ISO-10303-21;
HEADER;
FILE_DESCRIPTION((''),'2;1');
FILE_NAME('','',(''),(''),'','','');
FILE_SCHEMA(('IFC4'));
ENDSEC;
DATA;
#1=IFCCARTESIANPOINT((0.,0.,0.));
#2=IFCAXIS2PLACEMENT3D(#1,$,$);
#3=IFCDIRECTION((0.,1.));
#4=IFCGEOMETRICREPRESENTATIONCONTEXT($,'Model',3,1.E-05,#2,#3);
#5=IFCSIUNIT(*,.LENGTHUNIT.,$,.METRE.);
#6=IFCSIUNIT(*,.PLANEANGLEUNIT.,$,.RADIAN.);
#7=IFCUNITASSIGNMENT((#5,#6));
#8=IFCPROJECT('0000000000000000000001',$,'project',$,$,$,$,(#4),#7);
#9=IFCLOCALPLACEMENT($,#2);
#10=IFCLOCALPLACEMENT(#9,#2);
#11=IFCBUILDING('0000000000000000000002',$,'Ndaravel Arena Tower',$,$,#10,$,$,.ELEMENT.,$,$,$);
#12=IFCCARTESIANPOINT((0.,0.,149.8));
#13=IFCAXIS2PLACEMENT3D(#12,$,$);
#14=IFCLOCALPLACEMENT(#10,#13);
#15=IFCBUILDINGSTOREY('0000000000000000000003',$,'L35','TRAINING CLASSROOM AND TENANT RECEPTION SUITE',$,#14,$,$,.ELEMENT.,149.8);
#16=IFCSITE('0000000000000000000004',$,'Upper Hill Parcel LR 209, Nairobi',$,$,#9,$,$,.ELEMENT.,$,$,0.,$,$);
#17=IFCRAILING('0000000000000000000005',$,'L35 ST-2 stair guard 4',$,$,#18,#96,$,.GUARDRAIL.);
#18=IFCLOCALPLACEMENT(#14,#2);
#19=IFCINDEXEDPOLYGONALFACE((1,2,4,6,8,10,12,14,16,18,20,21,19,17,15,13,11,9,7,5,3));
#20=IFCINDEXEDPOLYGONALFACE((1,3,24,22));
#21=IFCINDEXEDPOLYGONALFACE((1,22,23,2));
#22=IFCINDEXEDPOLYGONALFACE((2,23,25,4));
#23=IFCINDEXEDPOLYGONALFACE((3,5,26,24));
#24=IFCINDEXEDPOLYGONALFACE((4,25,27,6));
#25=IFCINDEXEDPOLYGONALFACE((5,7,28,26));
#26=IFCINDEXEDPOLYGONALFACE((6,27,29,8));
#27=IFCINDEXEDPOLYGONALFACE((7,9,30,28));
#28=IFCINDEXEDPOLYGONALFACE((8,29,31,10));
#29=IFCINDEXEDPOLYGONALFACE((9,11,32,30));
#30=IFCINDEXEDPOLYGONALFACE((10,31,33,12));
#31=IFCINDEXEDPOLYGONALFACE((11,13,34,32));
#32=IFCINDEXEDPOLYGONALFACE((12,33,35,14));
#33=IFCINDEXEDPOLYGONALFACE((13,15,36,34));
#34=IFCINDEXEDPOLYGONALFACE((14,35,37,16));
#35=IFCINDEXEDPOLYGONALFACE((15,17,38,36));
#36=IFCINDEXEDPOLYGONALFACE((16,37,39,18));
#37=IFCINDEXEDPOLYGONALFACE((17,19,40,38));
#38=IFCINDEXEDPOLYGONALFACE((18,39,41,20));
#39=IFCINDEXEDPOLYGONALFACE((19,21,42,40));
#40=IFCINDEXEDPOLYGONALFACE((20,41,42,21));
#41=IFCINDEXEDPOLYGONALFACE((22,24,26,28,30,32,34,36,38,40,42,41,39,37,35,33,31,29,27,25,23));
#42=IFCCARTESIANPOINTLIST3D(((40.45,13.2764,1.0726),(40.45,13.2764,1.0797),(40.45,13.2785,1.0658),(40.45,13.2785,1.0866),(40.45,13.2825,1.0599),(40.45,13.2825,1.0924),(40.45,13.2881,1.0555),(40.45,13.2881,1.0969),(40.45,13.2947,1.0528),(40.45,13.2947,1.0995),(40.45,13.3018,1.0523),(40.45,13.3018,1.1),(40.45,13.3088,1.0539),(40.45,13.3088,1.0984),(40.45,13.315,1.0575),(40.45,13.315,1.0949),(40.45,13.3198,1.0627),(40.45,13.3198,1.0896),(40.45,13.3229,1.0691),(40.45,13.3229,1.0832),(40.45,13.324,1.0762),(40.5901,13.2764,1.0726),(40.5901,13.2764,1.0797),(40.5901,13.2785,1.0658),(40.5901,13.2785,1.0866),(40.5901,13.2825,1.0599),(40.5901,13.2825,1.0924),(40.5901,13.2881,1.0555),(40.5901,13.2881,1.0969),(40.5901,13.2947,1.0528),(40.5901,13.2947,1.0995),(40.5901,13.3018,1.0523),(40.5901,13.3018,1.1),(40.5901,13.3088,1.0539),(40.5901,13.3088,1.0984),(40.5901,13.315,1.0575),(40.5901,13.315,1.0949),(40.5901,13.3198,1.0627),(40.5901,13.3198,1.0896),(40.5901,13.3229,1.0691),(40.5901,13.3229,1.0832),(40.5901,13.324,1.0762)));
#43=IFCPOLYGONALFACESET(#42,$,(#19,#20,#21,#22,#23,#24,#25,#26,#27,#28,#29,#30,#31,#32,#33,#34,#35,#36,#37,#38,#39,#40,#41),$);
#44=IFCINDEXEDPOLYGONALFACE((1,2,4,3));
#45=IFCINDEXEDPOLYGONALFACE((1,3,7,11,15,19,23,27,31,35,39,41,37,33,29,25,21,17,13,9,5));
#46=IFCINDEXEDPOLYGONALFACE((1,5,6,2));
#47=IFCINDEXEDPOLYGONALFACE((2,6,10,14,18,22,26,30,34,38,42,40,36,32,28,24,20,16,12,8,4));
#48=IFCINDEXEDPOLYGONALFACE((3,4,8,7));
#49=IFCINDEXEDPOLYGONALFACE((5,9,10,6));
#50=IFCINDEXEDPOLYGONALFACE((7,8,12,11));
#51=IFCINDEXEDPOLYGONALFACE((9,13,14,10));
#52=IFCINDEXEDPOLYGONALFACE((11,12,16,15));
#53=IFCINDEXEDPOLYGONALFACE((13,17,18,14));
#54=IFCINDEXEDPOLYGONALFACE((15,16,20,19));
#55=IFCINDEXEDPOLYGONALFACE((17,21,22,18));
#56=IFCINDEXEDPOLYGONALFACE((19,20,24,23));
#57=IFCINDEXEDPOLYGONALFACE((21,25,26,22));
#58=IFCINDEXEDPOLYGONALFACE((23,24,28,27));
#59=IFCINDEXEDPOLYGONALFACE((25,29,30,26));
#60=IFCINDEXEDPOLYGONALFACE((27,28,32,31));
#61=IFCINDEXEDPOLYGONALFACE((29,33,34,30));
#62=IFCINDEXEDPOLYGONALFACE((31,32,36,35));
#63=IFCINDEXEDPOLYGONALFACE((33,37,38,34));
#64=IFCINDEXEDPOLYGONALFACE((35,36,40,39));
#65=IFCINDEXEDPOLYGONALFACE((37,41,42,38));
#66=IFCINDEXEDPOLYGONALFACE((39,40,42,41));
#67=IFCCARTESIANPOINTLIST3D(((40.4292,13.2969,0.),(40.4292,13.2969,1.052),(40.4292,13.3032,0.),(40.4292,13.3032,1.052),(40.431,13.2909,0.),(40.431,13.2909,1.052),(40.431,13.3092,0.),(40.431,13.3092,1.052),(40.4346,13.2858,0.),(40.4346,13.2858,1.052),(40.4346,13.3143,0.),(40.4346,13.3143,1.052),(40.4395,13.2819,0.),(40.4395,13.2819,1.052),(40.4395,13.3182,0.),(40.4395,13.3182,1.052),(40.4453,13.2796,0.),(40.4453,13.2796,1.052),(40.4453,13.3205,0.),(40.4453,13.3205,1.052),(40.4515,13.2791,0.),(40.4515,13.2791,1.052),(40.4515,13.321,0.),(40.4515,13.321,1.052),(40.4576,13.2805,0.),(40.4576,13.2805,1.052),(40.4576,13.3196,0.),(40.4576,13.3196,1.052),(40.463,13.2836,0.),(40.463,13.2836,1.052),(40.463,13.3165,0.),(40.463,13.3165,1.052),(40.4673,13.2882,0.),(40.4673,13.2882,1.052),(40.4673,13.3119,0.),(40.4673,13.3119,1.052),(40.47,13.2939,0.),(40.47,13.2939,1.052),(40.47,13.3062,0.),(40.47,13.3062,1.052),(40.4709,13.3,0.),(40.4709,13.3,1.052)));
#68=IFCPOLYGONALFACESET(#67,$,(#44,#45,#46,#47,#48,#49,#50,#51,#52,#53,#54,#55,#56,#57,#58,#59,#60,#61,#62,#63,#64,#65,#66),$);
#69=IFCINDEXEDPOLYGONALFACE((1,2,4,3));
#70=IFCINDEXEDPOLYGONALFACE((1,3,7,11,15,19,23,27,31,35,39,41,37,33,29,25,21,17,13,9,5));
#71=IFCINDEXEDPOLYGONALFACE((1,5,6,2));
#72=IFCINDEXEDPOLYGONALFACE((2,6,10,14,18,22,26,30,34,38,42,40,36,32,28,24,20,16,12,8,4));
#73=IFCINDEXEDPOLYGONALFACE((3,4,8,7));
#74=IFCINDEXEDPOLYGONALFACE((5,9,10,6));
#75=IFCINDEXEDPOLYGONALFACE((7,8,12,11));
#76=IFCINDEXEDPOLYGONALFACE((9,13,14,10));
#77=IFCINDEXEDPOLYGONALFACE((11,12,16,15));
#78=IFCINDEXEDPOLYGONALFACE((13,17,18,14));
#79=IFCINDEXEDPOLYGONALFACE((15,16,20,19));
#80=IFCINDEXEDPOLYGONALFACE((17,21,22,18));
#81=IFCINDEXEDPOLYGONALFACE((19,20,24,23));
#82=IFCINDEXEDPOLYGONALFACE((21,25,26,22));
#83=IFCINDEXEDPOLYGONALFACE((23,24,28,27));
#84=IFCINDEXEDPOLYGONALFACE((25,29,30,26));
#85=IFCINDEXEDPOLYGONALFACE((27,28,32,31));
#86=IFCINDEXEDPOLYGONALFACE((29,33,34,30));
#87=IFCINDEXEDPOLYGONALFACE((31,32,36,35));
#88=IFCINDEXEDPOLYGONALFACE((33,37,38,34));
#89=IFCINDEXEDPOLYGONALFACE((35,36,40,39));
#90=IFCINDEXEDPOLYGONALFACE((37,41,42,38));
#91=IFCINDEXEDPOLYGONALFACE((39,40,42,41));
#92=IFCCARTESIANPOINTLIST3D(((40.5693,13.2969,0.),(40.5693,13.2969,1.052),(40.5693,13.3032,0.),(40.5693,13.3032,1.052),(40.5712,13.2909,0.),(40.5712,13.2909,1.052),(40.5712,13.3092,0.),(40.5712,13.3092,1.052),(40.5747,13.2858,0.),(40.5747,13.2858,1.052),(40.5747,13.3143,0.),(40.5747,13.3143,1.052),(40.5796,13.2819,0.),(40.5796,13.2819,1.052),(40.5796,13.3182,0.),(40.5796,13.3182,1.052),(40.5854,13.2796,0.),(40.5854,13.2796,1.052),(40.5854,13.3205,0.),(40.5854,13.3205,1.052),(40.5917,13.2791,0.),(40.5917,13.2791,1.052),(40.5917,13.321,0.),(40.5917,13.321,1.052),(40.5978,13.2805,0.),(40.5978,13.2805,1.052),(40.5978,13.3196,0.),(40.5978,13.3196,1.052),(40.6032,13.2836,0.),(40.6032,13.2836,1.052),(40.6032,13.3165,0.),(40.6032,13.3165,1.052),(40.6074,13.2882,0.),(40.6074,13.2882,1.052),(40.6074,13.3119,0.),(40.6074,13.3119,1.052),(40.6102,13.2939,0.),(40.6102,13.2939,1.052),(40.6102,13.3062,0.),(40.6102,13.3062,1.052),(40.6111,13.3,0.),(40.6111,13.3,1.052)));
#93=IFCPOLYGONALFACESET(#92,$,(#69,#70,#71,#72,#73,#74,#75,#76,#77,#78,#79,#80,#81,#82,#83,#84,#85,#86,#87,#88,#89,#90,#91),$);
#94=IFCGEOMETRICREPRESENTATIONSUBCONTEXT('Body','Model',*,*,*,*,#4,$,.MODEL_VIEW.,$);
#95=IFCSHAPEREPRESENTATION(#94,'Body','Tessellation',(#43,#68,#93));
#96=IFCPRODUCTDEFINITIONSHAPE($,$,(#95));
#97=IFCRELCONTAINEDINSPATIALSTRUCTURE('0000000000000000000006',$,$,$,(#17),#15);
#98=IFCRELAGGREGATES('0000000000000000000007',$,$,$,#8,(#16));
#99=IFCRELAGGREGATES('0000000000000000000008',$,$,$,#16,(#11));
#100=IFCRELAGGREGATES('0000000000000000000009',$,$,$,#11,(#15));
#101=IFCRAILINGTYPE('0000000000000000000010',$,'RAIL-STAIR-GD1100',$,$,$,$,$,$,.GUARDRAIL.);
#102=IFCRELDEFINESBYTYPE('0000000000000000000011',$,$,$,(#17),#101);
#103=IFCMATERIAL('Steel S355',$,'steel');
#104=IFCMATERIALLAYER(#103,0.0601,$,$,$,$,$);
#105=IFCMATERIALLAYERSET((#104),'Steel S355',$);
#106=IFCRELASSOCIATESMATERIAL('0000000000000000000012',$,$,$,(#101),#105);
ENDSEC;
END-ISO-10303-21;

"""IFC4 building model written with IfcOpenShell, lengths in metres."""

from ifc_helpers import new_model, si_unit, direction, frame, origin, origin_2d, place, context, subcontext, project, spatial, circle, extrude, material, layer, layer_set, type_object, element, save


model = new_model("IFC4")

# Units and contexts
model_context = context("Model", 3, precision=1e-05, world=origin(), true_north=direction((0.0, 1.0)))
body_context = subcontext(model_context, "Body", "Model", "MODEL_VIEW")
ifc_project = project(units=[si_unit("LENGTHUNIT", "METRE"), si_unit("PLANEANGLEUNIT", "RADIAN")], contexts=[model_context])

# Site, building, storey
site_placement = place(None, origin())
site = spatial("IfcSite", under=ifc_project, at=site_placement, Name="Upper Hill Parcel LR 209, Nairobi", CompositionType="ELEMENT", RefElevation=0.0)
building_placement = place(site_placement, origin())
building = spatial("IfcBuilding", under=site, at=building_placement, Name="Ndaravel Arena Tower", CompositionType="ELEMENT")
storey_placement = place(building_placement, frame((0.0, 0.0, 149.8)))
storey = spatial("IfcBuildingStorey", under=building, at=storey_placement, Name="L35", Description="TRAINING CLASSROOM AND TENANT RECEPTION SUITE", CompositionType="ELEMENT", Elevation=149.8)

# Railing
ifc_material_1 = material(Name="Steel S355", Category="steel")
ifc_layer_1 = layer(ifc_material_1, 0.0601)
ifc_layer_set_1 = layer_set([ifc_layer_1], Name="Steel S355")
railing_type_1 = type_object("IfcRailingType", Name="RAIL-STAIR-GD1100", PredefinedType="GUARDRAIL", material=ifc_layer_set_1)
railing_1_placement = place(storey_placement, frame((40.45, 13.3, 0.0)))
element("IfcRailing", 1, at=railing_1_placement, inside=storey, type_object=railing_type_1, Name="L35 ST-2 stair guard 4", PredefinedType="GUARDRAIL", context=body_context, shape_type="SweptSolid", body=[
    extrude(circle(Radius=0.0239, at=origin_2d()), frame((0.0, 0.0, 1.0762), z_axis=(1.0, 0.0, 0.0), x_axis=(0.0, 1.0, 0.0)), (0.0, 0.0, 1.0), 0.1401),
    extrude(circle(Radius=0.021, at=origin_2d()), origin(), (0.0, 0.0, 1.0), 1.052),
    extrude(circle(Radius=0.021, at=origin_2d()), frame((0.1401, 0.0, 0.0)), (0.0, 0.0, 1.0), 1.052),
])

save(model, "model.ifc")
